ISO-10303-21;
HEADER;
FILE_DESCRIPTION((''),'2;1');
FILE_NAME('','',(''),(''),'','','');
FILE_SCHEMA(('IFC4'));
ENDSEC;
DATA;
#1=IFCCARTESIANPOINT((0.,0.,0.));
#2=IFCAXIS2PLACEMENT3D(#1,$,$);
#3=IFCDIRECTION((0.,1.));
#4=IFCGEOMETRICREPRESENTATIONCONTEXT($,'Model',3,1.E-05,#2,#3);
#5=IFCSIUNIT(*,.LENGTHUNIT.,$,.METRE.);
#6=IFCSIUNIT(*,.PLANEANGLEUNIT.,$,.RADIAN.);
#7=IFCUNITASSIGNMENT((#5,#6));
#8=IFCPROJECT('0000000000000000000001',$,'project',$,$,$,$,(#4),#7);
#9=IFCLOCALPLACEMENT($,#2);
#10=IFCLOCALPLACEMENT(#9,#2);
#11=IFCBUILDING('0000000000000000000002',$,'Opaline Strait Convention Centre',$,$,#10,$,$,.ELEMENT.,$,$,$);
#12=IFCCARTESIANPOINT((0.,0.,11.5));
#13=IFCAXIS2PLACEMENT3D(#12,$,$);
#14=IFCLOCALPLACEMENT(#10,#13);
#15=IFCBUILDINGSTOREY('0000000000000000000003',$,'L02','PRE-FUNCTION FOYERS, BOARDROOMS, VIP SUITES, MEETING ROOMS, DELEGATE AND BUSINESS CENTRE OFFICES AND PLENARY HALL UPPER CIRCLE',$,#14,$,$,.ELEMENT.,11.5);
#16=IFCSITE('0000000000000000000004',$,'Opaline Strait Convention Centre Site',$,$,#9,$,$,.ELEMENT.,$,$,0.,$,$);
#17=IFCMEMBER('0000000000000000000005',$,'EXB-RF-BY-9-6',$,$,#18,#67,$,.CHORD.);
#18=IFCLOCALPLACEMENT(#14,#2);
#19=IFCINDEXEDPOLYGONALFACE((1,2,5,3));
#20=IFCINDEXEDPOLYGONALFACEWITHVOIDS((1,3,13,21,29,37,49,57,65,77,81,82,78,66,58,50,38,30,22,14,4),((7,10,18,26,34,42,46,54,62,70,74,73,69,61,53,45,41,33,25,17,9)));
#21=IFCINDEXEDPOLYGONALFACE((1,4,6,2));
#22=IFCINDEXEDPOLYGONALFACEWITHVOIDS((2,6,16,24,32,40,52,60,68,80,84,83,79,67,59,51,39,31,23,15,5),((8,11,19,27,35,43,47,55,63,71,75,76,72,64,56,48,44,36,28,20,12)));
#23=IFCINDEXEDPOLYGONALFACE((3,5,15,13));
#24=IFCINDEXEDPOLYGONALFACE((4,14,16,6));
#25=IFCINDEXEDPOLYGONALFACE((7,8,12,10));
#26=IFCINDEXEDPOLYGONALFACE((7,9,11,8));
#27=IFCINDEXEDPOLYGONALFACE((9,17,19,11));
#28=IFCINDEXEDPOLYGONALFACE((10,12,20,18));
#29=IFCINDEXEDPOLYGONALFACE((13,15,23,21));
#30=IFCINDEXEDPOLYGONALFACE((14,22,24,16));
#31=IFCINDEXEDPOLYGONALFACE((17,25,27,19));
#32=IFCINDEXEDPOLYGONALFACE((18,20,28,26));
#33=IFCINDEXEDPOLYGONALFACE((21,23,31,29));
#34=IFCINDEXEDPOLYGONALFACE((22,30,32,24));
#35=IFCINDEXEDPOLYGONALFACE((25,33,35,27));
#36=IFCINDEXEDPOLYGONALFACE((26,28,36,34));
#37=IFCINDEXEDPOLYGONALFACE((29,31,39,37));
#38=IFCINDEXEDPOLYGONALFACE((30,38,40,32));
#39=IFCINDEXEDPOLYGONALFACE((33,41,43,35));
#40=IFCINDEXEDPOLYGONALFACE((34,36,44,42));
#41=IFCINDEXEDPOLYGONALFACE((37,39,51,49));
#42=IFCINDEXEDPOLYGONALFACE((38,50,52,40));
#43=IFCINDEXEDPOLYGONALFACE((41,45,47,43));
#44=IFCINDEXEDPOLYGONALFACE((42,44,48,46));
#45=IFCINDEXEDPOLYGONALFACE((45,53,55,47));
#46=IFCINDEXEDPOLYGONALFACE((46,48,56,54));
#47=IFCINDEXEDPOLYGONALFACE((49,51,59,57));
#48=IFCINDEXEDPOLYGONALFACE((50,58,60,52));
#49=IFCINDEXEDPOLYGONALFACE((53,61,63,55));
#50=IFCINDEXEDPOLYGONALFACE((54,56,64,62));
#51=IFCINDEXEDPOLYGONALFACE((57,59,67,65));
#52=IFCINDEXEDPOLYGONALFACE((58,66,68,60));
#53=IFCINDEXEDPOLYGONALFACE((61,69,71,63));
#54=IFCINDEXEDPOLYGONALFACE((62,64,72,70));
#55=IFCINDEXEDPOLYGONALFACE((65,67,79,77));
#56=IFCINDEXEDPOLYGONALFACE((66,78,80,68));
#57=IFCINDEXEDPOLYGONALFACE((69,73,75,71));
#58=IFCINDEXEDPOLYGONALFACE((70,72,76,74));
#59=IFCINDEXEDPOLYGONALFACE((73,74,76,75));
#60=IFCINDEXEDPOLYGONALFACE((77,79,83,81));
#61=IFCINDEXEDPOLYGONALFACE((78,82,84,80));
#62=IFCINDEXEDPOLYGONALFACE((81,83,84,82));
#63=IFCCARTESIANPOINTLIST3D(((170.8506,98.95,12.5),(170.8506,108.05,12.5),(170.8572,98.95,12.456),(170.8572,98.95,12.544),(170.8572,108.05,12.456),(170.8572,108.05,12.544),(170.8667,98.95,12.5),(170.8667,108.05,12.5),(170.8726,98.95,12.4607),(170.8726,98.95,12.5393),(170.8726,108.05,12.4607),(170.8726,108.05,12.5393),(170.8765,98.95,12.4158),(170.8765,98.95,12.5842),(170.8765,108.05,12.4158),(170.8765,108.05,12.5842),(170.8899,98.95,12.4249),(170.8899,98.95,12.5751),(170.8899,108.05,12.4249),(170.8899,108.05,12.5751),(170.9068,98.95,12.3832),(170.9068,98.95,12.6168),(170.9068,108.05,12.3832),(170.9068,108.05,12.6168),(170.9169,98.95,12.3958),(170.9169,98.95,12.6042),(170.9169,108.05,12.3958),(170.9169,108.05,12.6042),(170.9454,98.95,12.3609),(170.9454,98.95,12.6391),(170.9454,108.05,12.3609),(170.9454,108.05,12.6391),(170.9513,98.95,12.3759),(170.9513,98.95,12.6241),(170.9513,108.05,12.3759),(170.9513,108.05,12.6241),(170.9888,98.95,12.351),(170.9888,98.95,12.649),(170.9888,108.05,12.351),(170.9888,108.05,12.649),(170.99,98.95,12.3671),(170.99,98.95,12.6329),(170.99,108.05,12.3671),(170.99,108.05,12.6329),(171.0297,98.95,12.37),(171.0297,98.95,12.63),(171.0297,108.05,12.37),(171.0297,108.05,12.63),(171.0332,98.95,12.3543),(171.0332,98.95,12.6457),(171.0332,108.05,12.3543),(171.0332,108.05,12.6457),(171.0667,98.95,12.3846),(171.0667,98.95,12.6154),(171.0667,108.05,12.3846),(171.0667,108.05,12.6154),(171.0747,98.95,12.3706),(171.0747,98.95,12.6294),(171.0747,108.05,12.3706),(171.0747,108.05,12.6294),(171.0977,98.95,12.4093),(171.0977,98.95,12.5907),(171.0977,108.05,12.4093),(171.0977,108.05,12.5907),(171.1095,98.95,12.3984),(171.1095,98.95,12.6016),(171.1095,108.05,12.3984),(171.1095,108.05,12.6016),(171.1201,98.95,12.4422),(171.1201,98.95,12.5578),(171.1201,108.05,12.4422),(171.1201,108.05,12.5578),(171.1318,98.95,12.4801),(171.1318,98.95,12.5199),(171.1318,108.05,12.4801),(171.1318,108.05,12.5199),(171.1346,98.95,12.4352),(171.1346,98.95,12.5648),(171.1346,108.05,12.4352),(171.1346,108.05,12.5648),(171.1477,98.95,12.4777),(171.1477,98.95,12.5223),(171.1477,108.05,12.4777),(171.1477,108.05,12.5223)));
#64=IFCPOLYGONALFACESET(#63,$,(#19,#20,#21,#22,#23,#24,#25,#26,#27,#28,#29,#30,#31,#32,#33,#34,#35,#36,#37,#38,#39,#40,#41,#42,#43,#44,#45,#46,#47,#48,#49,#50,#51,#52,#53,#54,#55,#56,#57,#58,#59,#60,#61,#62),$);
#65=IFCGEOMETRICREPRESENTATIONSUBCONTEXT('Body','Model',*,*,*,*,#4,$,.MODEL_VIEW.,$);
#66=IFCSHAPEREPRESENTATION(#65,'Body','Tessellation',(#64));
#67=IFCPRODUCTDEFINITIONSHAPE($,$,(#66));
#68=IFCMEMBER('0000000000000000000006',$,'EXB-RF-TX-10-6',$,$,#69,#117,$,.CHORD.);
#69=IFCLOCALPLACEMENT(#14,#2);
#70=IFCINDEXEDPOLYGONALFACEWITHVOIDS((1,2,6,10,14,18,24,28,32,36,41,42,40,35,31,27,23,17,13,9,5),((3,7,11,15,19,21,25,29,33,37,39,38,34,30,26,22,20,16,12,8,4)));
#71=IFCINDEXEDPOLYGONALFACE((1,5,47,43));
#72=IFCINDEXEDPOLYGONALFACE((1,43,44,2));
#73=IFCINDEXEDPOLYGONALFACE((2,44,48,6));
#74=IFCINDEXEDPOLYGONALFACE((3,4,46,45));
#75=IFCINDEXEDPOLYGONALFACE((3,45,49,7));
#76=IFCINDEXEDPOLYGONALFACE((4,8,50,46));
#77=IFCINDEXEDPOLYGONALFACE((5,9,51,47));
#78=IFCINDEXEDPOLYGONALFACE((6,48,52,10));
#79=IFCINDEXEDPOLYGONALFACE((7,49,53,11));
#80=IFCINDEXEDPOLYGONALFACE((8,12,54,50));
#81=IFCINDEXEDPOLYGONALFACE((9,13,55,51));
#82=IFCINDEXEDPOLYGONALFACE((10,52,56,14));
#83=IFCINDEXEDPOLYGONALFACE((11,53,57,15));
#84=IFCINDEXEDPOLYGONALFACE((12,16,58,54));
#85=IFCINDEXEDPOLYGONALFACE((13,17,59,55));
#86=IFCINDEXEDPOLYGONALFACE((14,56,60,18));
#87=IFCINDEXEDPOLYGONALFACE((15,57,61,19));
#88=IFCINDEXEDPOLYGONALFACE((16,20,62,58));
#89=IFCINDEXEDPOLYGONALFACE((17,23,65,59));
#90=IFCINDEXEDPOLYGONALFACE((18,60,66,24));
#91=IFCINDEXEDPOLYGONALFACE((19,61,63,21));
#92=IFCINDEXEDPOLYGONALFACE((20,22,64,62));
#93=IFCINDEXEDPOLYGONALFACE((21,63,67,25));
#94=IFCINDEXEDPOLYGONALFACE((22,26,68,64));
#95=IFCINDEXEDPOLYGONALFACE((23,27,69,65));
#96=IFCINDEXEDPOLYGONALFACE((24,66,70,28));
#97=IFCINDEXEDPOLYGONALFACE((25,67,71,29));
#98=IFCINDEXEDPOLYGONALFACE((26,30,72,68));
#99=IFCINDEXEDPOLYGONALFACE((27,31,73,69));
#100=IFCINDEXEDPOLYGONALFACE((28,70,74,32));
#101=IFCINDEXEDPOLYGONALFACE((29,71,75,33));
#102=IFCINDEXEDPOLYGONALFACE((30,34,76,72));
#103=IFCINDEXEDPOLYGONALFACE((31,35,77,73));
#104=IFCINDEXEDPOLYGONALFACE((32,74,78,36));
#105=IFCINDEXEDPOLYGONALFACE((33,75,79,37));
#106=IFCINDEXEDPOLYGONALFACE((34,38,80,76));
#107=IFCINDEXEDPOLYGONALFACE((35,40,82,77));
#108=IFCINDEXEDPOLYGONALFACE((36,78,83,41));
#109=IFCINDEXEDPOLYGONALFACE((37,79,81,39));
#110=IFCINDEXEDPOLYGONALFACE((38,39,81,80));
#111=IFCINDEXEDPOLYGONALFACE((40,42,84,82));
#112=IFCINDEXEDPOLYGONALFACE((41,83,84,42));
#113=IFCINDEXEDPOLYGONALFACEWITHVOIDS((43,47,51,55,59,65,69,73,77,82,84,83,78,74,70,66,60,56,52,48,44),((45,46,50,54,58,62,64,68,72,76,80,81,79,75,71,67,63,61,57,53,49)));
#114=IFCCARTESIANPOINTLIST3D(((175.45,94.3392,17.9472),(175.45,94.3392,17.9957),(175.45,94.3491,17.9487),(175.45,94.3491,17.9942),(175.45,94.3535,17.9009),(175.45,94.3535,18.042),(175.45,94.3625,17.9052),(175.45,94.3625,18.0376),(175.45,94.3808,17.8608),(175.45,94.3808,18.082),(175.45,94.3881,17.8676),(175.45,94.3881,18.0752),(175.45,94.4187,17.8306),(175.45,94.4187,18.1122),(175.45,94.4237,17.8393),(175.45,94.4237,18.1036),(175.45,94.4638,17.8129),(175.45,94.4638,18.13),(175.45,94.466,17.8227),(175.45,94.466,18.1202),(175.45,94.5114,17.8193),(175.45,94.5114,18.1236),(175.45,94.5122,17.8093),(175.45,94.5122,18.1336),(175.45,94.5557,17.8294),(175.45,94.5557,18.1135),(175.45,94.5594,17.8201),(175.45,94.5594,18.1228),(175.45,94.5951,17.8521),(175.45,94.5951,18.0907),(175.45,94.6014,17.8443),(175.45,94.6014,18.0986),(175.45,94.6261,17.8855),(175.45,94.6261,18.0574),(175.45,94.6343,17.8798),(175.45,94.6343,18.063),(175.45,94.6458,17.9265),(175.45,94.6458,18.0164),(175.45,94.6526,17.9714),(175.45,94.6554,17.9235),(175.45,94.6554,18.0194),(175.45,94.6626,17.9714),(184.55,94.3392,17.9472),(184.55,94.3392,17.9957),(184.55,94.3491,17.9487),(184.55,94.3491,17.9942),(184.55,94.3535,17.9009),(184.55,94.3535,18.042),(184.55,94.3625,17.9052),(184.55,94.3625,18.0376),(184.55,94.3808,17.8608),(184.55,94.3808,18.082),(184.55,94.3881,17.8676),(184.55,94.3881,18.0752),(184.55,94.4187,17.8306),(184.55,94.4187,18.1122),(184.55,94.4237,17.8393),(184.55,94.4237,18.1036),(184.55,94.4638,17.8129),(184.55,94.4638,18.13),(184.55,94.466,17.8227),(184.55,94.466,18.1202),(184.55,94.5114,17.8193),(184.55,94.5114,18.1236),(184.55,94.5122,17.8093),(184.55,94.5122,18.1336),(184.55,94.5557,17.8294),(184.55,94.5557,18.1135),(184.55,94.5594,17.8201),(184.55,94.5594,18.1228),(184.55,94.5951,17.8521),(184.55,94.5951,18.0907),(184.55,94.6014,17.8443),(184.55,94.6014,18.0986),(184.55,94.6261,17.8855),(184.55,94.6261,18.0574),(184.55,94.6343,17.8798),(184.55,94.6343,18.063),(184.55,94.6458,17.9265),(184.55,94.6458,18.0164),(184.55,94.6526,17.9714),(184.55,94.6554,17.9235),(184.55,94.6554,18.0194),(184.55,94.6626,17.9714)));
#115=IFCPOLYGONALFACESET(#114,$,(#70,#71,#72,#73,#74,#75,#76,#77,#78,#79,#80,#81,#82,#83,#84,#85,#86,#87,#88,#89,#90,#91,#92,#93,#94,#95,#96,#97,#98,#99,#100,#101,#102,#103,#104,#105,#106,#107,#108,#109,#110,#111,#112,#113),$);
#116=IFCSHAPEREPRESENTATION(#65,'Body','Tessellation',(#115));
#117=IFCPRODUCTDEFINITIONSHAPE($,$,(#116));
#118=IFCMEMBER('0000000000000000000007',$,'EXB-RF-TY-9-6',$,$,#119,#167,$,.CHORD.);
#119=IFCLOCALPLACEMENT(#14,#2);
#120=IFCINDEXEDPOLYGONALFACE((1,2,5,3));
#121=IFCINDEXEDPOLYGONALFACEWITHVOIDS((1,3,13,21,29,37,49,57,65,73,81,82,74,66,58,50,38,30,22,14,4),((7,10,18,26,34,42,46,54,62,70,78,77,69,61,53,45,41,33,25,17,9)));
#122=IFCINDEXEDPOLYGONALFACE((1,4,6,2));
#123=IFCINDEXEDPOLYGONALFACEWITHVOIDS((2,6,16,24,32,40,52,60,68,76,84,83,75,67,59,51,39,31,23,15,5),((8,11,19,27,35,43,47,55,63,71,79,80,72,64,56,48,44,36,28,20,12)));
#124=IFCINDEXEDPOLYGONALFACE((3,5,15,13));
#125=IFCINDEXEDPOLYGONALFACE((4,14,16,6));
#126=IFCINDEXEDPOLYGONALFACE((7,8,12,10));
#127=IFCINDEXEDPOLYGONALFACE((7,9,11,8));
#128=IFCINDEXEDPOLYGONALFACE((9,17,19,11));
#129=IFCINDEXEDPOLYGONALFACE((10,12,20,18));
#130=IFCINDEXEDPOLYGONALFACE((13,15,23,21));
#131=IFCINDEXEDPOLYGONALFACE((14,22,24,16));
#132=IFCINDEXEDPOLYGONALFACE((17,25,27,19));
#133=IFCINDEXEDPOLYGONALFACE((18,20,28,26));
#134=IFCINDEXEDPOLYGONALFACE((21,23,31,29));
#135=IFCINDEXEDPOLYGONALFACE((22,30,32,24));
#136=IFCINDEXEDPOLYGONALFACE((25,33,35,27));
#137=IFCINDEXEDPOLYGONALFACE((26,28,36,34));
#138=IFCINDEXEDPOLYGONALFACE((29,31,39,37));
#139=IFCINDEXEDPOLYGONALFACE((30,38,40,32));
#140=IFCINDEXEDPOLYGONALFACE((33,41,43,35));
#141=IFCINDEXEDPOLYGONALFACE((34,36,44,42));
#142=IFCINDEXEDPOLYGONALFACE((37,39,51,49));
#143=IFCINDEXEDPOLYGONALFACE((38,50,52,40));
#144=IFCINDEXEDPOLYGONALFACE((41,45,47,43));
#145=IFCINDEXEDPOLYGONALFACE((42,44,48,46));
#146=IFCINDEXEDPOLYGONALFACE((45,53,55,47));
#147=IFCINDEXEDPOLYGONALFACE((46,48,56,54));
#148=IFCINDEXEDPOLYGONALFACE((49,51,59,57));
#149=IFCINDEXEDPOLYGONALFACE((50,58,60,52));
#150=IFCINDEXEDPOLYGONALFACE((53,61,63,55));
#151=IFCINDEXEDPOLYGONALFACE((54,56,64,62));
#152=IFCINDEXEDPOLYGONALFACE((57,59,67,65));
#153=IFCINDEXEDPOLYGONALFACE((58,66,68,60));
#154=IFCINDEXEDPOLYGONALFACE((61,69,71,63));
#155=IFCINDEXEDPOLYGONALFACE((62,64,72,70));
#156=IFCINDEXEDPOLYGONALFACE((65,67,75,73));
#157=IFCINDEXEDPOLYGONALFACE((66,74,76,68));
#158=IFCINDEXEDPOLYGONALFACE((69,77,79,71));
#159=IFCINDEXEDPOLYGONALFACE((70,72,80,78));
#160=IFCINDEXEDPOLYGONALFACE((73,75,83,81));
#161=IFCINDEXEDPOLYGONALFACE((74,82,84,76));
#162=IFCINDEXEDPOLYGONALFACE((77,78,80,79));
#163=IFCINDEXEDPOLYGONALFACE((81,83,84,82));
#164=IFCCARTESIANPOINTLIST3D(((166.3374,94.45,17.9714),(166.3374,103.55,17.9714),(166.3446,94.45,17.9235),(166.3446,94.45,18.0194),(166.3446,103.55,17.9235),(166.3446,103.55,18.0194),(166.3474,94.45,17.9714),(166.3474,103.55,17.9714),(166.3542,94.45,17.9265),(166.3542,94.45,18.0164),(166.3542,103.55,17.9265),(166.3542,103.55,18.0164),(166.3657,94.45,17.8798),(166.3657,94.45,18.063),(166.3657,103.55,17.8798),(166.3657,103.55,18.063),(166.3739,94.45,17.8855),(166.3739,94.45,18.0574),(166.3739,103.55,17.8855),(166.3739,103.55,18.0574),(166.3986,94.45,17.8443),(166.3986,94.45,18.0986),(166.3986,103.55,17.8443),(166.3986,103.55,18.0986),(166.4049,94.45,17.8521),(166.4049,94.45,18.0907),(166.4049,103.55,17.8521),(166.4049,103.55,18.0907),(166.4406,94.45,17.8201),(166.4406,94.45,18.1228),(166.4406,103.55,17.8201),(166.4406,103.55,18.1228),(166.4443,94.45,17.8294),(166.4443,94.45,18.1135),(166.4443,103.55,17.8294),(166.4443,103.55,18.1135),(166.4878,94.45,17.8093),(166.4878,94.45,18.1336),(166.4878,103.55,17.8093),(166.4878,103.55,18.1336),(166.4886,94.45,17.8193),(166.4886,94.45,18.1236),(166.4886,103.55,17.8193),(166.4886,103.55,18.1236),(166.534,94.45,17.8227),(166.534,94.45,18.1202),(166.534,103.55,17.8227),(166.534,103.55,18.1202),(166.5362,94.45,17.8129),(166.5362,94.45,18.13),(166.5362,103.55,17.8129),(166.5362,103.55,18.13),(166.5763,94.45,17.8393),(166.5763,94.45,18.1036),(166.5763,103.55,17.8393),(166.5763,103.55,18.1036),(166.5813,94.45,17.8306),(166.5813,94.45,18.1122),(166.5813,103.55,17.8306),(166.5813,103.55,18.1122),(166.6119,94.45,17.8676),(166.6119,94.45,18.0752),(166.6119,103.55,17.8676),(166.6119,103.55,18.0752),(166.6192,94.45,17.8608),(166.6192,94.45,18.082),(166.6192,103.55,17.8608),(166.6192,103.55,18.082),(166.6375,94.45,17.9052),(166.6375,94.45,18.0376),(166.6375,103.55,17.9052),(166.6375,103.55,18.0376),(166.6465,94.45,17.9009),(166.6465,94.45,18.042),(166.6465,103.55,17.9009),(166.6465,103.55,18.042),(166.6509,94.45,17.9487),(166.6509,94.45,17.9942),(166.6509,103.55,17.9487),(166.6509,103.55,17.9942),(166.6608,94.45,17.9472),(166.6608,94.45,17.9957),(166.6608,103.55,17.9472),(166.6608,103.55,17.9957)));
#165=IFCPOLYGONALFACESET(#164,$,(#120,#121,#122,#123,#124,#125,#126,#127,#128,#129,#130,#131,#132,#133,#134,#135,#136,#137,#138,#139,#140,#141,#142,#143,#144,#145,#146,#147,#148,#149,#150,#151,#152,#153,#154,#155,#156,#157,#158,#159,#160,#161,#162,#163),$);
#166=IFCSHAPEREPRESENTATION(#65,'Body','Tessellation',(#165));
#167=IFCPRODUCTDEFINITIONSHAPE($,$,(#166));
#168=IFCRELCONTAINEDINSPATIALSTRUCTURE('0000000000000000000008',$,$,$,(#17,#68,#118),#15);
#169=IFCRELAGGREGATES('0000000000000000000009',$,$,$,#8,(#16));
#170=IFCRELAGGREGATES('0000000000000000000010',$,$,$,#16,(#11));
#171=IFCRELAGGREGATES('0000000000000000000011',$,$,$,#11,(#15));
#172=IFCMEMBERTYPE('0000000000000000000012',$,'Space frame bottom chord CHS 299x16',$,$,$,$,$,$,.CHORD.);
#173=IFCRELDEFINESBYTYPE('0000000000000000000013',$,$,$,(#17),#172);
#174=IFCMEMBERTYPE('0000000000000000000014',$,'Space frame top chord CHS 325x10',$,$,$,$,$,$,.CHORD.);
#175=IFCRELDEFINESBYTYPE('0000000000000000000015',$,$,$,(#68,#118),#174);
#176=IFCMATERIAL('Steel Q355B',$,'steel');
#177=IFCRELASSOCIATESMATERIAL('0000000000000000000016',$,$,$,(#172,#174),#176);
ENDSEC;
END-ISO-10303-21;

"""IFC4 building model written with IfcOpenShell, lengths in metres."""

from ifc_helpers import new_model, si_unit, direction, frame, origin, origin_2d, place, context, subcontext, project, spatial, hollow_circle, extrude, material, material_profile, profile_set, type_object, element, save


model = new_model("IFC4")

# Units and contexts
model_context = context("Model", 3, precision=1e-05, world=origin(), true_north=direction((0.0, 1.0)))
body_context = subcontext(model_context, "Body", "Model", "MODEL_VIEW")
ifc_project = project(units=[si_unit("LENGTHUNIT", "METRE"), si_unit("PLANEANGLEUNIT", "RADIAN")], contexts=[model_context])

# Site, building, storey
site_placement = place(None, origin())
site = spatial("IfcSite", under=ifc_project, at=site_placement, Name="Opaline Strait Convention Centre Site", CompositionType="ELEMENT", RefElevation=0.0)
building_placement = place(site_placement, origin())
building = spatial("IfcBuilding", under=site, at=building_placement, Name="Opaline Strait Convention Centre", CompositionType="ELEMENT")
storey_placement = place(building_placement, frame((0.0, 0.0, 11.5)))
storey = spatial("IfcBuildingStorey", under=building, at=storey_placement, Name="L02", Description="PRE-FUNCTION FOYERS, BOARDROOMS, VIP SUITES, MEETING ROOMS, DELEGATE AND BUSINESS CENTRE OFFICES AND PLENARY HALL UPPER CIRCLE", CompositionType="ELEMENT", Elevation=11.5)

# Members
ifc_material = material(Name="Steel Q355B", Category="steel")
ifc_material_profile_1 = material_profile(ifc_material, hollow_circle(Radius=0.1494, WallThickness=0.0161, at=origin_2d()), Name="CHS 299x16")
ifc_profile_set_1 = profile_set([ifc_material_profile_1], Name="Steel Q355B")
member_type_1 = type_object("IfcMemberType", Name="Space frame bottom chord CHS 299x16", PredefinedType="CHORD", material=ifc_profile_set_1)
for number, where, z_axis, x_axis, name in (
    (1, (171.0, 98.95, 12.5), (0.0, 1.0, 0.0), (-1.0, 0.0, 0.0), "EXB-RF-BY-9-6"),
):
    element("IfcMember", number, at=place(storey_placement, frame(where, z_axis=z_axis, x_axis=x_axis)), inside=storey, type_object=member_type_1, Name=name, PredefinedType="CHORD", context=body_context, shape_type="SweptSolid", body=[
        extrude(hollow_circle(Radius=0.1494, WallThickness=0.0161, at=origin_2d()), origin(), (0.0, 0.0, 1.0), 9.1001),
    ])
ifc_material_profile_2 = material_profile(ifc_material, hollow_circle(Radius=0.1626, WallThickness=0.01, at=origin_2d()), Name="CHS 325x10")
ifc_profile_set_2 = profile_set([ifc_material_profile_2], Name="Steel Q355B")
member_type_2 = type_object("IfcMemberType", Name="Space frame top chord CHS 325x10", PredefinedType="CHORD", material=ifc_profile_set_2)
for number, where, z_axis, x_axis, name in (
    (2, (175.45, 94.5, 17.9714), (1.0, 0.0, 0.0), (0.0, 1.0, 0.0), "EXB-RF-TX-10-6"),
    (3, (166.5, 94.45, 17.9714), (0.0, 1.0, 0.0), (-1.0, 0.0, 0.0), "EXB-RF-TY-9-6"),
):
    element("IfcMember", number, at=place(storey_placement, frame(where, z_axis=z_axis, x_axis=x_axis)), inside=storey, type_object=member_type_2, Name=name, PredefinedType="CHORD", context=body_context, shape_type="SweptSolid", body=[
        extrude(hollow_circle(Radius=0.1626, WallThickness=0.01, at=origin_2d()), origin(), (0.0, 0.0, 1.0), 9.1001),
    ])

save(model, "model.ifc")
